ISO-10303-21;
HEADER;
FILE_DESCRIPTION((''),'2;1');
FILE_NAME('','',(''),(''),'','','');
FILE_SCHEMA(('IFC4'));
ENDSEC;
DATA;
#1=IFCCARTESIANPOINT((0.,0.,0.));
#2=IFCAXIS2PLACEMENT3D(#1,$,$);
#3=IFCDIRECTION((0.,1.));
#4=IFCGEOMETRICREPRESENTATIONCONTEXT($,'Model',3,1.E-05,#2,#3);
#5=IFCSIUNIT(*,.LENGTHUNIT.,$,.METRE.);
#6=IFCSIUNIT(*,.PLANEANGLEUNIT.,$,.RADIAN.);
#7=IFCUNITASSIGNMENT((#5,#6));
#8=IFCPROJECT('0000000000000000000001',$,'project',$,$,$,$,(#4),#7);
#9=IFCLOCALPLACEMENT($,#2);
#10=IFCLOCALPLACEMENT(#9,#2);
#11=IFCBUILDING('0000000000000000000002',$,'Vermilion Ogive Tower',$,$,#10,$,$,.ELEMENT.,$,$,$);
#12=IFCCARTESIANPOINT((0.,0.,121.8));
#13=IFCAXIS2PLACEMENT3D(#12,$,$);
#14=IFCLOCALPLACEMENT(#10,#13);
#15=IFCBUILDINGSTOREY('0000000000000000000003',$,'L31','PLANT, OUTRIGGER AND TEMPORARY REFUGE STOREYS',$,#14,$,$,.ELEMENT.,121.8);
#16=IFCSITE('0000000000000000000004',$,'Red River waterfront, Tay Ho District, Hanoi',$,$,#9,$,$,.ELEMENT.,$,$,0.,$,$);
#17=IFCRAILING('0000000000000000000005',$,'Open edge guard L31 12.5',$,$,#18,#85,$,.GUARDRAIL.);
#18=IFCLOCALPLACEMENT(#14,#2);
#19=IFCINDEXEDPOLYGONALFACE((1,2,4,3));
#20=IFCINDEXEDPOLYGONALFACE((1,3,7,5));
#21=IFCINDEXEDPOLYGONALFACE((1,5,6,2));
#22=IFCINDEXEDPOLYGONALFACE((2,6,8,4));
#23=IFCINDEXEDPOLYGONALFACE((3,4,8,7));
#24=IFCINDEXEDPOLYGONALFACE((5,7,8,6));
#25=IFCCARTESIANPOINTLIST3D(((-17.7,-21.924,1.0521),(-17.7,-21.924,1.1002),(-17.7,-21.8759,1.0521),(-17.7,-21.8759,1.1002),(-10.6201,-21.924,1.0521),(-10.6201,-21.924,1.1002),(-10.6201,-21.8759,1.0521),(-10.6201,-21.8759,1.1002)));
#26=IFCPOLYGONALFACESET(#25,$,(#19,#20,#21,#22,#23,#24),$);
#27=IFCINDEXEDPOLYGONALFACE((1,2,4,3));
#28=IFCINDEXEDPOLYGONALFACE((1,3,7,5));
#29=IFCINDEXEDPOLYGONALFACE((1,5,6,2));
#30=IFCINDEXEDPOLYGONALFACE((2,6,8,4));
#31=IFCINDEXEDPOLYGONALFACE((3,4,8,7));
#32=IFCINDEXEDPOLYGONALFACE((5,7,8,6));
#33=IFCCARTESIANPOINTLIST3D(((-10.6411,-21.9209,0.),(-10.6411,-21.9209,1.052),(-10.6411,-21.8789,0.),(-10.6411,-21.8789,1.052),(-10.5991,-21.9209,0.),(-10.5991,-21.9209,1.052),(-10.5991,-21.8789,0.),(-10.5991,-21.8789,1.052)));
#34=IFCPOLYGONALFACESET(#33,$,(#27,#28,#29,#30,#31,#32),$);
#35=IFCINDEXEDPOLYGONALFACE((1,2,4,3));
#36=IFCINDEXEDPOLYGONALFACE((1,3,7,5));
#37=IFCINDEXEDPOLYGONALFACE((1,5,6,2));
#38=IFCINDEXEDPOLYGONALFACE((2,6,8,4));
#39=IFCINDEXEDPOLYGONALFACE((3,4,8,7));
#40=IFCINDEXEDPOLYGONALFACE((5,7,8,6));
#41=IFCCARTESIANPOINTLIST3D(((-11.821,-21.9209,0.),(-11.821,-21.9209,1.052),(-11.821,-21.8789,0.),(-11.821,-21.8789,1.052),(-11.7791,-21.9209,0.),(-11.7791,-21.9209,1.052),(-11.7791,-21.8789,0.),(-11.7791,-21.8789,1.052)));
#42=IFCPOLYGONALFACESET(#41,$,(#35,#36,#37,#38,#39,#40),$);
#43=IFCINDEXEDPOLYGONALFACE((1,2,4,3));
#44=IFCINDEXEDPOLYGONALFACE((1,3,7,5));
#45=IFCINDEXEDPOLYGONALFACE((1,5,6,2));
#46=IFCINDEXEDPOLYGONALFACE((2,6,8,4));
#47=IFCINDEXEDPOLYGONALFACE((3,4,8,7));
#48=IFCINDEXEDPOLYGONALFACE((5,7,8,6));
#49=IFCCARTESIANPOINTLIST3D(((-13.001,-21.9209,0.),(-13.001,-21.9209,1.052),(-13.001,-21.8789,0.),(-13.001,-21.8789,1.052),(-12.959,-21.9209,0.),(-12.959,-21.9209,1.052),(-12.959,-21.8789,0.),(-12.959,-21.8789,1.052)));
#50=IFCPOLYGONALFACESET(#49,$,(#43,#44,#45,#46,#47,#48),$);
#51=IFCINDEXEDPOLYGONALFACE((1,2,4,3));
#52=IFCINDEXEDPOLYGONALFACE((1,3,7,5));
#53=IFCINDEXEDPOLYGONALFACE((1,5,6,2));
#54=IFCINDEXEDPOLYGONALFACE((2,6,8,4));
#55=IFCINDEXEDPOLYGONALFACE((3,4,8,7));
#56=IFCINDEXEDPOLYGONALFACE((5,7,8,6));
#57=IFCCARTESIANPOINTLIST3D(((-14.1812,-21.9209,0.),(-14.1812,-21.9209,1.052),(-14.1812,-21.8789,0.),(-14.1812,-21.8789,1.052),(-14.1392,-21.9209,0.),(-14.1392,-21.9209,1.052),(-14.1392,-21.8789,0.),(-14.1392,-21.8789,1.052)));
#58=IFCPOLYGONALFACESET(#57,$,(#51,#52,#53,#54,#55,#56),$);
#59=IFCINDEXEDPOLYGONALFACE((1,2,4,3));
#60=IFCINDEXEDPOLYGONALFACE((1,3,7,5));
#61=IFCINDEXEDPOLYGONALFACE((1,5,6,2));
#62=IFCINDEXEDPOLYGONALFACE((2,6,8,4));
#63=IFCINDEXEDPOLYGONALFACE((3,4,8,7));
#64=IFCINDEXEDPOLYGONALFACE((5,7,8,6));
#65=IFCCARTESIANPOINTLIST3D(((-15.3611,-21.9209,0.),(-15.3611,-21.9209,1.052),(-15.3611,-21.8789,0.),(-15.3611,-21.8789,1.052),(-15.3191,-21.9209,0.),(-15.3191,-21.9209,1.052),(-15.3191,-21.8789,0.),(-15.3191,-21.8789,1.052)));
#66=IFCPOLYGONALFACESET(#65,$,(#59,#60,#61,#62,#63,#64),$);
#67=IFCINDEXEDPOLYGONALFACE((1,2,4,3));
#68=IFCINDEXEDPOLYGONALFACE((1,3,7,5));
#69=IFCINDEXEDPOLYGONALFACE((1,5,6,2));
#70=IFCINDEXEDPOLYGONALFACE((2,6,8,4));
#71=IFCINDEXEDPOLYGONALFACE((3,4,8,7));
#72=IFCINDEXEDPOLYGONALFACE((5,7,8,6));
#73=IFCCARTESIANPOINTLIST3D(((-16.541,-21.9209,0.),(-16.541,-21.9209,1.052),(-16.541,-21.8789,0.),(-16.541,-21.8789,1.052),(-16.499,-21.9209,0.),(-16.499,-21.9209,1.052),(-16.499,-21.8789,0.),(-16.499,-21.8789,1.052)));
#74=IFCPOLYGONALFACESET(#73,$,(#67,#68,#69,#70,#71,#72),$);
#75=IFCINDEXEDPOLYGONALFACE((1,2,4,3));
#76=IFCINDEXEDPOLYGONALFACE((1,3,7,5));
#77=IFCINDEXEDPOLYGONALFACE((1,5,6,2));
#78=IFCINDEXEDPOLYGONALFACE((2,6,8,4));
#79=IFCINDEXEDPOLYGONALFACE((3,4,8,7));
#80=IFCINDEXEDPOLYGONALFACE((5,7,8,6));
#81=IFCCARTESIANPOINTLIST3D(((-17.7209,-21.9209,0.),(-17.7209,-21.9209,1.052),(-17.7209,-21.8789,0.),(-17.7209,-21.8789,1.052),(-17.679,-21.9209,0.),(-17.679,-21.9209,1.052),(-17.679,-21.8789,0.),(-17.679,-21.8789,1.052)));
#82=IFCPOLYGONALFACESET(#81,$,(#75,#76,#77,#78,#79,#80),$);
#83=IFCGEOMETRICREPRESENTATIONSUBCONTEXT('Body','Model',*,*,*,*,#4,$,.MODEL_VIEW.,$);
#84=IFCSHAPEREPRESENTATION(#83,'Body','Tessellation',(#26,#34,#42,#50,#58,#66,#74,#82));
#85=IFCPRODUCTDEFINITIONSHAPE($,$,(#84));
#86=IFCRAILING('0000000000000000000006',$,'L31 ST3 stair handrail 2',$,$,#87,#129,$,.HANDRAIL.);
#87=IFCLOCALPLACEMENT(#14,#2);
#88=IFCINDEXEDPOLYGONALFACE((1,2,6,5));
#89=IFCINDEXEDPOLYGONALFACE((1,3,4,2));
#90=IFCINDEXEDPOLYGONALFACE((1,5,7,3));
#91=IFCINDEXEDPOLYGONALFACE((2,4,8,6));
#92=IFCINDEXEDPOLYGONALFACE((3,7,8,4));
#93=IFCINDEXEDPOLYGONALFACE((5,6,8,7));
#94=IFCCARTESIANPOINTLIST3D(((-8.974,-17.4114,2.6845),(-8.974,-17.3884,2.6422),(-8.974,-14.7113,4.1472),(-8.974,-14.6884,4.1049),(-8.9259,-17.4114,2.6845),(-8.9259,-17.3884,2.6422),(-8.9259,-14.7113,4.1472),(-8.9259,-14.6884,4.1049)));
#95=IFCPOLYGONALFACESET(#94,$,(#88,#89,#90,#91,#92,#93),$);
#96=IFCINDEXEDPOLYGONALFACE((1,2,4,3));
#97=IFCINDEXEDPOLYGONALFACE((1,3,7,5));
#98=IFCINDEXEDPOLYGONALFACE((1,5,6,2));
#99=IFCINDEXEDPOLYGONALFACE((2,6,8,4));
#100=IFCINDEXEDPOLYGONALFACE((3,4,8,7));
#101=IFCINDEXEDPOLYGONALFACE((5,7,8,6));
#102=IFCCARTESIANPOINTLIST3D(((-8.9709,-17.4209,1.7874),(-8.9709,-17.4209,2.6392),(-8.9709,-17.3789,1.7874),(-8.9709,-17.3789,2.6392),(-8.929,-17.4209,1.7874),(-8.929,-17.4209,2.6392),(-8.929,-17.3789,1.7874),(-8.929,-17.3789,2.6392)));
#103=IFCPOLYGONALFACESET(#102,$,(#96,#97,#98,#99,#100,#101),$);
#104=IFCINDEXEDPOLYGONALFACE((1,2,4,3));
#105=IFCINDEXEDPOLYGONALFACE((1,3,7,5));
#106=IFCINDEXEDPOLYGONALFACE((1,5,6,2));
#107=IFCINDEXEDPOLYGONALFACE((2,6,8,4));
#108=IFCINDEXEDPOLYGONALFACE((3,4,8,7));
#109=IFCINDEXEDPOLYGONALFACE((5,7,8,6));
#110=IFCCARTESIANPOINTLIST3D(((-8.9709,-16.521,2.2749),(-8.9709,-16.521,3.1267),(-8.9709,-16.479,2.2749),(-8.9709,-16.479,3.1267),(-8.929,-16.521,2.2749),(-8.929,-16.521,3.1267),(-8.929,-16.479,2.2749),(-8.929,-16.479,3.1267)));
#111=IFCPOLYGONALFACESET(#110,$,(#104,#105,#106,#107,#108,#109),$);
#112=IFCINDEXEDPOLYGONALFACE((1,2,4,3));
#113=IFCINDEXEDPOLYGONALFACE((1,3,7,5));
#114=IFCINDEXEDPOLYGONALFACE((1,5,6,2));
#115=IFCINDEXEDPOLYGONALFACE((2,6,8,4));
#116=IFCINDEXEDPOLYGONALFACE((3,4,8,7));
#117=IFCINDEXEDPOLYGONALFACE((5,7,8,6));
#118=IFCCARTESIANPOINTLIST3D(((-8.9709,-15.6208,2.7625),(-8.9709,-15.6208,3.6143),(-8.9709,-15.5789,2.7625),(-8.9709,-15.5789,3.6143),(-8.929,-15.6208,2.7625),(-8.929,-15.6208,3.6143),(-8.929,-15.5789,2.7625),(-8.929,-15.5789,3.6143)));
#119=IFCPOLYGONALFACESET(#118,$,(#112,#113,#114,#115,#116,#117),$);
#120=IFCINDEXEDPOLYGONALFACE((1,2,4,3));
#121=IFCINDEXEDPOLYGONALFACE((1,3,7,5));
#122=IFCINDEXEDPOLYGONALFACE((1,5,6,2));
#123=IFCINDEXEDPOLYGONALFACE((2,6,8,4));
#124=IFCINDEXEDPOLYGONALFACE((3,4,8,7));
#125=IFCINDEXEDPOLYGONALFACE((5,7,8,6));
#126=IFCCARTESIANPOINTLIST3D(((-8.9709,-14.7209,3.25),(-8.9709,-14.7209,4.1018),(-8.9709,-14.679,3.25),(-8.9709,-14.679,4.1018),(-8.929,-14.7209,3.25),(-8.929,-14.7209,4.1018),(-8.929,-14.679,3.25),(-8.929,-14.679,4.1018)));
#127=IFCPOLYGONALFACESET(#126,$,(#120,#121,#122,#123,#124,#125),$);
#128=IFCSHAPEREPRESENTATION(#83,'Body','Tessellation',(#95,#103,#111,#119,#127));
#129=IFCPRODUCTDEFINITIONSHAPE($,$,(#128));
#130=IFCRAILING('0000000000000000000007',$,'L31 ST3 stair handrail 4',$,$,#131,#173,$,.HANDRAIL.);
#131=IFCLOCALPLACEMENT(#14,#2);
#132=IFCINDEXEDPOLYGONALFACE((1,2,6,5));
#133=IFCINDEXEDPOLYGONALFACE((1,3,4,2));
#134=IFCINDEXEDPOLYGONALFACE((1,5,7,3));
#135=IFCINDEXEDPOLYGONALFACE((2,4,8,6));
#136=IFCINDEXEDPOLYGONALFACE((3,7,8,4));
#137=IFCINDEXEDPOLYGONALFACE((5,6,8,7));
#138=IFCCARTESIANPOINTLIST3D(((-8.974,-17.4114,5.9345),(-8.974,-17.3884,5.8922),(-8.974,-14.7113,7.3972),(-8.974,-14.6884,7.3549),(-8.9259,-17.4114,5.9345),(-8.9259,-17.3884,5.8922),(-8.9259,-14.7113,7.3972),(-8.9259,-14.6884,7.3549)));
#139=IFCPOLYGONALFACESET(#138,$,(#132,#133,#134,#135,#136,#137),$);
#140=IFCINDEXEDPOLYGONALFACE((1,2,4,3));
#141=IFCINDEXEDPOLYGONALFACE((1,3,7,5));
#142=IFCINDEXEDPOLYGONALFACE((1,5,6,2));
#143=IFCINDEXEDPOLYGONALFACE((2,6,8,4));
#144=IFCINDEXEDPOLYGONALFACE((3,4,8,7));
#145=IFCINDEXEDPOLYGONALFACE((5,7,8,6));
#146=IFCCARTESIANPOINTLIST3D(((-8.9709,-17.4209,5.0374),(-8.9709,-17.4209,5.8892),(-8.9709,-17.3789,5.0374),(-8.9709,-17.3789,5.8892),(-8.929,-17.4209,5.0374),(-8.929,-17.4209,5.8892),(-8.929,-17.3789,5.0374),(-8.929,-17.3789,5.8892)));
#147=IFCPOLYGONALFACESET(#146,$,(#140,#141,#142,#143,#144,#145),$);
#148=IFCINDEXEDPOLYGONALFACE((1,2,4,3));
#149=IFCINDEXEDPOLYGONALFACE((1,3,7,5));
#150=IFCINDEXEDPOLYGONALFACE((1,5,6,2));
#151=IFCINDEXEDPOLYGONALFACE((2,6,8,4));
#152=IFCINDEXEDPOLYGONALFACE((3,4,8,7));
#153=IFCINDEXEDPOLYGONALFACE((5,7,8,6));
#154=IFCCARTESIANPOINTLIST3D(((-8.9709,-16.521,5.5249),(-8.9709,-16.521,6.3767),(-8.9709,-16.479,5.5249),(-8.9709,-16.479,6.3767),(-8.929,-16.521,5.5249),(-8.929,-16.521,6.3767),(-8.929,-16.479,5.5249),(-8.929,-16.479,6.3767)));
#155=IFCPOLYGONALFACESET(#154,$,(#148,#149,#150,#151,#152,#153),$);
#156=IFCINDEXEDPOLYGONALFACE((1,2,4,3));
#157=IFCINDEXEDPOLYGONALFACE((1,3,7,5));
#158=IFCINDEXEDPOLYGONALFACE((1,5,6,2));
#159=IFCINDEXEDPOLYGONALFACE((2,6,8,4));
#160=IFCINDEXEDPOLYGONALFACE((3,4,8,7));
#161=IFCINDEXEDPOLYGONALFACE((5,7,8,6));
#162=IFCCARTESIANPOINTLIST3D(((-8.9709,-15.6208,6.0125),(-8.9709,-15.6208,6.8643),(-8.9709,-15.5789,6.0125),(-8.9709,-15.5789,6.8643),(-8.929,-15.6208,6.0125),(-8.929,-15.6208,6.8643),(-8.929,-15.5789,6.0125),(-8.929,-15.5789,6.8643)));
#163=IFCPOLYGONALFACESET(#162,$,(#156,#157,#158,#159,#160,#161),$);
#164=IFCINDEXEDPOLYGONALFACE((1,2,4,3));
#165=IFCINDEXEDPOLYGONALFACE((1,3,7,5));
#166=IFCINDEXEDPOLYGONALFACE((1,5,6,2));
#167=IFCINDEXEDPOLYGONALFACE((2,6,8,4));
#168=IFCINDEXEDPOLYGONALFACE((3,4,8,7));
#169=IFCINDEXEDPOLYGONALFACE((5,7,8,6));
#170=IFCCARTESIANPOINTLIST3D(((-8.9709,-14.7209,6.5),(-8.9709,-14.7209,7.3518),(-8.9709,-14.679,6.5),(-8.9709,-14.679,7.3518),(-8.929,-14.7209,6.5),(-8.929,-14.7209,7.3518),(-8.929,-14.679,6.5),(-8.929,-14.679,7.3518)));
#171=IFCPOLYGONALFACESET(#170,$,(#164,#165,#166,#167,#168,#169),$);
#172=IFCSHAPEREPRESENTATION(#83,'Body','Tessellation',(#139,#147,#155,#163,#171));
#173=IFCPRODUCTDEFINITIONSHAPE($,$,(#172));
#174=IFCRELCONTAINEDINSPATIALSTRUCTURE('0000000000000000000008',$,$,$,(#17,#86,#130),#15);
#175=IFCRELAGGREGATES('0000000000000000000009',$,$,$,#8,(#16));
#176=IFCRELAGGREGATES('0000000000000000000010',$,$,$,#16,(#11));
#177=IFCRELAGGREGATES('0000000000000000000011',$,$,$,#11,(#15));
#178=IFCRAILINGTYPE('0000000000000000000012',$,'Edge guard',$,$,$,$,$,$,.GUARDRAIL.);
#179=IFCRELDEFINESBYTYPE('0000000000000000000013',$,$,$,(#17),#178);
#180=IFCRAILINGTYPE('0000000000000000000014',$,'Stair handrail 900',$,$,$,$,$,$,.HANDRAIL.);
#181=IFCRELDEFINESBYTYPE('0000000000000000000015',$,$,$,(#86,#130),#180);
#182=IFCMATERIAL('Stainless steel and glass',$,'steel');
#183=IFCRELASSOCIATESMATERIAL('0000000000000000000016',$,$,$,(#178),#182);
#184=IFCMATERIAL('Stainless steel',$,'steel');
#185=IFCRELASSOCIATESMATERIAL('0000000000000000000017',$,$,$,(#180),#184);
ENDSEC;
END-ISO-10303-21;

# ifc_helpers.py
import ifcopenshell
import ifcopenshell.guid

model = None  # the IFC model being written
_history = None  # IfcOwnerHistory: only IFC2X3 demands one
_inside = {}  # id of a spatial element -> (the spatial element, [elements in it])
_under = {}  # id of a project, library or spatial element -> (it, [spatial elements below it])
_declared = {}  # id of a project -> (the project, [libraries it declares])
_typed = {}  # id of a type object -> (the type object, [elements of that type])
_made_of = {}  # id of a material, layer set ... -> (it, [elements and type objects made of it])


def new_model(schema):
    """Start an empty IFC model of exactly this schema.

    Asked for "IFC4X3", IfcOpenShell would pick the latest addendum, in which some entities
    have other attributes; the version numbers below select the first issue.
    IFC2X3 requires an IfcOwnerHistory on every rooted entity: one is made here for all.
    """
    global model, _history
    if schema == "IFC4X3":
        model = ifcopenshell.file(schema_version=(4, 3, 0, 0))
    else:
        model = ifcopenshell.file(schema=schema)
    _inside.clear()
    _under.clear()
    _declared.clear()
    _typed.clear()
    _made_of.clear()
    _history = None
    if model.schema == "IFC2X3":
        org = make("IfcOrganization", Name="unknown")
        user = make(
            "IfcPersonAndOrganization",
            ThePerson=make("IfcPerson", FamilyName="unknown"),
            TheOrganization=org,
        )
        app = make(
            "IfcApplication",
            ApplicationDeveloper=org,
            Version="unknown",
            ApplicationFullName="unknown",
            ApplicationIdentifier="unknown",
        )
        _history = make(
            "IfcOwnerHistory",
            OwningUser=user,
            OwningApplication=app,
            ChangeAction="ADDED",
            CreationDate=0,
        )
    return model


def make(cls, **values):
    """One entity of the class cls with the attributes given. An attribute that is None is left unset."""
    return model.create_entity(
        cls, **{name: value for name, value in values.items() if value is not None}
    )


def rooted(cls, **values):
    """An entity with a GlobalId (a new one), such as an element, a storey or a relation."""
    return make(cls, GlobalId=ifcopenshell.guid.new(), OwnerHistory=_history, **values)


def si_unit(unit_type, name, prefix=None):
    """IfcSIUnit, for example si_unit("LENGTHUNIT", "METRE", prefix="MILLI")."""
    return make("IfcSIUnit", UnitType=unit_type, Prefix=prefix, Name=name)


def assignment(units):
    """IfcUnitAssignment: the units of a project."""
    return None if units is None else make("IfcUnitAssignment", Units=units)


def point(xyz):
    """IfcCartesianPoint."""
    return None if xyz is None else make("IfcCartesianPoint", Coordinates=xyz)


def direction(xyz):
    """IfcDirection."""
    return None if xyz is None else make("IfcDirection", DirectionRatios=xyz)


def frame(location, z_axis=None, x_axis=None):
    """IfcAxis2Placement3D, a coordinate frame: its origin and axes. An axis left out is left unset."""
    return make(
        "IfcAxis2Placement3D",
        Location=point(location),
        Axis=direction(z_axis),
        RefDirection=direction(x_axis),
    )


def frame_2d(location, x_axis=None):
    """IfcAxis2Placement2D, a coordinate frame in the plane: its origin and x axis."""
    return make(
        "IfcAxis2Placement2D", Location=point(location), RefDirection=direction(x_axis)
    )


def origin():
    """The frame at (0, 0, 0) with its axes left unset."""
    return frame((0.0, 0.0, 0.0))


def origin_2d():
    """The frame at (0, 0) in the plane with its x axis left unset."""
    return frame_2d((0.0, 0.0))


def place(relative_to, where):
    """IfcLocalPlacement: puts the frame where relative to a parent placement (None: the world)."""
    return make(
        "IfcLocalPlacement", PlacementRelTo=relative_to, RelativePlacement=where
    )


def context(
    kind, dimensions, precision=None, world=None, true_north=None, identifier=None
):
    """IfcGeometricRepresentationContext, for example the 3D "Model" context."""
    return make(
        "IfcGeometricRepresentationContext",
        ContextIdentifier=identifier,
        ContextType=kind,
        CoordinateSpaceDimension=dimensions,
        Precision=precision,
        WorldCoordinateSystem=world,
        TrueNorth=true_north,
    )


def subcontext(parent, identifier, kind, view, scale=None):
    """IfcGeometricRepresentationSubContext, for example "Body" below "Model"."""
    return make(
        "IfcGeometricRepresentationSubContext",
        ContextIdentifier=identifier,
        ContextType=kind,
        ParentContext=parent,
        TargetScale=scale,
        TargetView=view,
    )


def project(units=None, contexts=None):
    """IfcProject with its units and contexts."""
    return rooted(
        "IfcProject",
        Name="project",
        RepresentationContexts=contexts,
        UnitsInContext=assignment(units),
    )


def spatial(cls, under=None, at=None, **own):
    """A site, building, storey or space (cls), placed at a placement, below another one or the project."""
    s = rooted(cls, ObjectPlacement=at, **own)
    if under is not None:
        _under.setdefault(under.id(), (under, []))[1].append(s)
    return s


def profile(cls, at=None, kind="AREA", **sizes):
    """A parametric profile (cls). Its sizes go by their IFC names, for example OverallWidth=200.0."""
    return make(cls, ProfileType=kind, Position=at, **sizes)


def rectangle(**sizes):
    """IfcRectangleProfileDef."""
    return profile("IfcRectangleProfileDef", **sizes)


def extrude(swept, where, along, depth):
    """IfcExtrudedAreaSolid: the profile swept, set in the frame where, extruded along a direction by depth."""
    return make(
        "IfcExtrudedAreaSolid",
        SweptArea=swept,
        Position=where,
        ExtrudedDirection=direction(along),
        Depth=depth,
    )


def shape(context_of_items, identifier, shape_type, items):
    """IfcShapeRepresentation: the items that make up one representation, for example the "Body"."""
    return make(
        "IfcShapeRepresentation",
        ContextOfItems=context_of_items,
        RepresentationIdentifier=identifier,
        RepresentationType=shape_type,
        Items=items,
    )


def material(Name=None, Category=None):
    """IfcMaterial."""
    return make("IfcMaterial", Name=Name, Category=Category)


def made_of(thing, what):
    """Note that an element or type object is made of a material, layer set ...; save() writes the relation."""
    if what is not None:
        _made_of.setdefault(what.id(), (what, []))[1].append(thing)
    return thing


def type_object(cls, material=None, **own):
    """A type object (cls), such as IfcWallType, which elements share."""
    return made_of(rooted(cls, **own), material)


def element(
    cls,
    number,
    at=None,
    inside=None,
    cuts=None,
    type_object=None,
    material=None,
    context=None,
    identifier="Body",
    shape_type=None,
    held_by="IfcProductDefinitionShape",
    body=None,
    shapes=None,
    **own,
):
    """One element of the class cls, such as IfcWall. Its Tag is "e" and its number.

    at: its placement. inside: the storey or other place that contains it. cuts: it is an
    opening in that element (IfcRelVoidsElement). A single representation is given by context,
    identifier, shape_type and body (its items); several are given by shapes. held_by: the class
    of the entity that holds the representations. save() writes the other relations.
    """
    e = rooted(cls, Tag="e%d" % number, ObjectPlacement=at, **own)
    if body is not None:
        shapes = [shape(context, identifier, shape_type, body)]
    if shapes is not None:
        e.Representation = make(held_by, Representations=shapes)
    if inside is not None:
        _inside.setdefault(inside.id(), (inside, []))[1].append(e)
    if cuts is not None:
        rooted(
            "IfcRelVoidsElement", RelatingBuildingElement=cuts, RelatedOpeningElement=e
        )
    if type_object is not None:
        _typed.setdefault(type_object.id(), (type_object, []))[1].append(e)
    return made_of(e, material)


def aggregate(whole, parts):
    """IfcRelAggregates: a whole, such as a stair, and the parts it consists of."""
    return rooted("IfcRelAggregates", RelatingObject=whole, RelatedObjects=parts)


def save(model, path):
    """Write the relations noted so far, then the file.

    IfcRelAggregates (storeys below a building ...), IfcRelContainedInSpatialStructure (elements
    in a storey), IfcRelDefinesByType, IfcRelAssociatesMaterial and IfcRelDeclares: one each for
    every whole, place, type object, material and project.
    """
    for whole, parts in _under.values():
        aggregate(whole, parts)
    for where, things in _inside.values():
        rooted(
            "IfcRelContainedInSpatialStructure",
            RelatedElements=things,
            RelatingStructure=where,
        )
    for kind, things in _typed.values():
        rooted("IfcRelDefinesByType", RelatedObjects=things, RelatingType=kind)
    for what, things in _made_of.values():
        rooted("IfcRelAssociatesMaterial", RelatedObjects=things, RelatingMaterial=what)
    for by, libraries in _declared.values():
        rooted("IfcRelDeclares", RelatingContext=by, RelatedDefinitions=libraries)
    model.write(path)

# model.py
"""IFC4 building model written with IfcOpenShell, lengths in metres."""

from ifc_helpers import new_model, si_unit, direction, frame, origin, origin_2d, place, context, subcontext, project, spatial, rectangle, extrude, material, type_object, element, save


model = new_model("IFC4")

# Units and contexts
model_context = context("Model", 3, precision=1e-05, world=origin(), true_north=direction((0.0, 1.0)))
body_context = subcontext(model_context, "Body", "Model", "MODEL_VIEW")
ifc_project = project(units=[si_unit("LENGTHUNIT", "METRE"), si_unit("PLANEANGLEUNIT", "RADIAN")], contexts=[model_context])

# Site, building, storey
site_placement = place(None, origin())
site = spatial("IfcSite", under=ifc_project, at=site_placement, Name="Red River waterfront, Tay Ho District, Hanoi", CompositionType="ELEMENT", RefElevation=0.0)
building_placement = place(site_placement, origin())
building = spatial("IfcBuilding", under=site, at=building_placement, Name="Vermilion Ogive Tower", CompositionType="ELEMENT")
storey_placement = place(building_placement, frame((0.0, 0.0, 121.8)))
storey = spatial("IfcBuildingStorey", under=building, at=storey_placement, Name="L31", Description="PLANT, OUTRIGGER AND TEMPORARY REFUGE STOREYS", CompositionType="ELEMENT", Elevation=121.8)

# Railings
ifc_material_1 = material(Name="Stainless steel and glass", Category="steel")
railing_type_1 = type_object("IfcRailingType", Name="Edge guard", PredefinedType="GUARDRAIL", material=ifc_material_1)
railing_placement = place(storey_placement, frame((-10.6201, -21.8999, 0.0)))
element("IfcRailing", 1, at=railing_placement, inside=storey, type_object=railing_type_1, Name="Open edge guard L31 12.5", PredefinedType="GUARDRAIL", context=body_context, shape_type="SweptSolid", body=[
    extrude(rectangle(XDim=0.0481, YDim=0.0481, at=origin_2d()), frame((0.0, 0.0, 1.0762), z_axis=(-1.0, 0.0, 0.0), x_axis=(0.0, -1.0, 0.0)), (0.0, 0.0, 1.0), 7.0798),
    extrude(rectangle(XDim=0.042, YDim=0.042, at=origin_2d()), origin(), (0.0, 0.0, 1.0), 1.052),
    extrude(rectangle(XDim=0.042, YDim=0.042, at=origin_2d()), frame((-1.1799, 0.0, 0.0)), (0.0, 0.0, 1.0), 1.052),
    extrude(rectangle(XDim=0.042, YDim=0.042, at=origin_2d()), frame((-2.3599, 0.0, 0.0)), (0.0, 0.0, 1.0), 1.052),
    extrude(rectangle(XDim=0.042, YDim=0.042, at=origin_2d()), frame((-3.54, 0.0, 0.0)), (0.0, 0.0, 1.0), 1.052),
    extrude(rectangle(XDim=0.042, YDim=0.042, at=origin_2d()), frame((-4.72, 0.0, 0.0)), (0.0, 0.0, 1.0), 1.052),
    extrude(rectangle(XDim=0.042, YDim=0.042, at=origin_2d()), frame((-5.8999, 0.0, 0.0)), (0.0, 0.0, 1.0), 1.052),
    extrude(rectangle(XDim=0.042, YDim=0.042, at=origin_2d()), frame((-7.0798, 0.0, 0.0)), (0.0, 0.0, 1.0), 1.052),
])
ifc_material_2 = material(Name="Stainless steel", Category="steel")
railing_type_2 = type_object("IfcRailingType", Name="Stair handrail 900", PredefinedType="HANDRAIL", material=ifc_material_2)
for number, where, name in (
    (2, (-8.95, -17.3999, 1.7874), "L31 ST3 stair handrail 2"),
    (3, (-8.95, -17.3999, 5.0374), "L31 ST3 stair handrail 4"),
):
    element("IfcRailing", number, at=place(storey_placement, frame(where)), inside=storey, type_object=railing_type_2, Name=name, PredefinedType="HANDRAIL", context=body_context, shape_type="SweptSolid", body=[
        extrude(rectangle(XDim=0.0481, YDim=0.0481, at=origin_2d()), frame((0.0, 0.0, 0.876), z_axis=(0.0, 0.879268, 0.476327), x_axis=(-1.0, 0.0, 0.0)), (0.0, 0.0, 1.0), 3.0708),
        extrude(rectangle(XDim=0.042, YDim=0.042, at=origin_2d()), origin(), (0.0, 0.0, 1.0), 0.8518),
        extrude(rectangle(XDim=0.042, YDim=0.042, at=origin_2d()), frame((0.0, 0.8999, 0.4875)), (0.0, 0.0, 1.0), 0.8518),
        extrude(rectangle(XDim=0.042, YDim=0.042, at=origin_2d()), frame((0.0, 1.8, 0.9751)), (0.0, 0.0, 1.0), 0.8518),
        extrude(rectangle(XDim=0.042, YDim=0.042, at=origin_2d()), frame((0.0, 2.7, 1.4626)), (0.0, 0.0, 1.0), 0.8518),
    ])

save(model, "model.ifc")
